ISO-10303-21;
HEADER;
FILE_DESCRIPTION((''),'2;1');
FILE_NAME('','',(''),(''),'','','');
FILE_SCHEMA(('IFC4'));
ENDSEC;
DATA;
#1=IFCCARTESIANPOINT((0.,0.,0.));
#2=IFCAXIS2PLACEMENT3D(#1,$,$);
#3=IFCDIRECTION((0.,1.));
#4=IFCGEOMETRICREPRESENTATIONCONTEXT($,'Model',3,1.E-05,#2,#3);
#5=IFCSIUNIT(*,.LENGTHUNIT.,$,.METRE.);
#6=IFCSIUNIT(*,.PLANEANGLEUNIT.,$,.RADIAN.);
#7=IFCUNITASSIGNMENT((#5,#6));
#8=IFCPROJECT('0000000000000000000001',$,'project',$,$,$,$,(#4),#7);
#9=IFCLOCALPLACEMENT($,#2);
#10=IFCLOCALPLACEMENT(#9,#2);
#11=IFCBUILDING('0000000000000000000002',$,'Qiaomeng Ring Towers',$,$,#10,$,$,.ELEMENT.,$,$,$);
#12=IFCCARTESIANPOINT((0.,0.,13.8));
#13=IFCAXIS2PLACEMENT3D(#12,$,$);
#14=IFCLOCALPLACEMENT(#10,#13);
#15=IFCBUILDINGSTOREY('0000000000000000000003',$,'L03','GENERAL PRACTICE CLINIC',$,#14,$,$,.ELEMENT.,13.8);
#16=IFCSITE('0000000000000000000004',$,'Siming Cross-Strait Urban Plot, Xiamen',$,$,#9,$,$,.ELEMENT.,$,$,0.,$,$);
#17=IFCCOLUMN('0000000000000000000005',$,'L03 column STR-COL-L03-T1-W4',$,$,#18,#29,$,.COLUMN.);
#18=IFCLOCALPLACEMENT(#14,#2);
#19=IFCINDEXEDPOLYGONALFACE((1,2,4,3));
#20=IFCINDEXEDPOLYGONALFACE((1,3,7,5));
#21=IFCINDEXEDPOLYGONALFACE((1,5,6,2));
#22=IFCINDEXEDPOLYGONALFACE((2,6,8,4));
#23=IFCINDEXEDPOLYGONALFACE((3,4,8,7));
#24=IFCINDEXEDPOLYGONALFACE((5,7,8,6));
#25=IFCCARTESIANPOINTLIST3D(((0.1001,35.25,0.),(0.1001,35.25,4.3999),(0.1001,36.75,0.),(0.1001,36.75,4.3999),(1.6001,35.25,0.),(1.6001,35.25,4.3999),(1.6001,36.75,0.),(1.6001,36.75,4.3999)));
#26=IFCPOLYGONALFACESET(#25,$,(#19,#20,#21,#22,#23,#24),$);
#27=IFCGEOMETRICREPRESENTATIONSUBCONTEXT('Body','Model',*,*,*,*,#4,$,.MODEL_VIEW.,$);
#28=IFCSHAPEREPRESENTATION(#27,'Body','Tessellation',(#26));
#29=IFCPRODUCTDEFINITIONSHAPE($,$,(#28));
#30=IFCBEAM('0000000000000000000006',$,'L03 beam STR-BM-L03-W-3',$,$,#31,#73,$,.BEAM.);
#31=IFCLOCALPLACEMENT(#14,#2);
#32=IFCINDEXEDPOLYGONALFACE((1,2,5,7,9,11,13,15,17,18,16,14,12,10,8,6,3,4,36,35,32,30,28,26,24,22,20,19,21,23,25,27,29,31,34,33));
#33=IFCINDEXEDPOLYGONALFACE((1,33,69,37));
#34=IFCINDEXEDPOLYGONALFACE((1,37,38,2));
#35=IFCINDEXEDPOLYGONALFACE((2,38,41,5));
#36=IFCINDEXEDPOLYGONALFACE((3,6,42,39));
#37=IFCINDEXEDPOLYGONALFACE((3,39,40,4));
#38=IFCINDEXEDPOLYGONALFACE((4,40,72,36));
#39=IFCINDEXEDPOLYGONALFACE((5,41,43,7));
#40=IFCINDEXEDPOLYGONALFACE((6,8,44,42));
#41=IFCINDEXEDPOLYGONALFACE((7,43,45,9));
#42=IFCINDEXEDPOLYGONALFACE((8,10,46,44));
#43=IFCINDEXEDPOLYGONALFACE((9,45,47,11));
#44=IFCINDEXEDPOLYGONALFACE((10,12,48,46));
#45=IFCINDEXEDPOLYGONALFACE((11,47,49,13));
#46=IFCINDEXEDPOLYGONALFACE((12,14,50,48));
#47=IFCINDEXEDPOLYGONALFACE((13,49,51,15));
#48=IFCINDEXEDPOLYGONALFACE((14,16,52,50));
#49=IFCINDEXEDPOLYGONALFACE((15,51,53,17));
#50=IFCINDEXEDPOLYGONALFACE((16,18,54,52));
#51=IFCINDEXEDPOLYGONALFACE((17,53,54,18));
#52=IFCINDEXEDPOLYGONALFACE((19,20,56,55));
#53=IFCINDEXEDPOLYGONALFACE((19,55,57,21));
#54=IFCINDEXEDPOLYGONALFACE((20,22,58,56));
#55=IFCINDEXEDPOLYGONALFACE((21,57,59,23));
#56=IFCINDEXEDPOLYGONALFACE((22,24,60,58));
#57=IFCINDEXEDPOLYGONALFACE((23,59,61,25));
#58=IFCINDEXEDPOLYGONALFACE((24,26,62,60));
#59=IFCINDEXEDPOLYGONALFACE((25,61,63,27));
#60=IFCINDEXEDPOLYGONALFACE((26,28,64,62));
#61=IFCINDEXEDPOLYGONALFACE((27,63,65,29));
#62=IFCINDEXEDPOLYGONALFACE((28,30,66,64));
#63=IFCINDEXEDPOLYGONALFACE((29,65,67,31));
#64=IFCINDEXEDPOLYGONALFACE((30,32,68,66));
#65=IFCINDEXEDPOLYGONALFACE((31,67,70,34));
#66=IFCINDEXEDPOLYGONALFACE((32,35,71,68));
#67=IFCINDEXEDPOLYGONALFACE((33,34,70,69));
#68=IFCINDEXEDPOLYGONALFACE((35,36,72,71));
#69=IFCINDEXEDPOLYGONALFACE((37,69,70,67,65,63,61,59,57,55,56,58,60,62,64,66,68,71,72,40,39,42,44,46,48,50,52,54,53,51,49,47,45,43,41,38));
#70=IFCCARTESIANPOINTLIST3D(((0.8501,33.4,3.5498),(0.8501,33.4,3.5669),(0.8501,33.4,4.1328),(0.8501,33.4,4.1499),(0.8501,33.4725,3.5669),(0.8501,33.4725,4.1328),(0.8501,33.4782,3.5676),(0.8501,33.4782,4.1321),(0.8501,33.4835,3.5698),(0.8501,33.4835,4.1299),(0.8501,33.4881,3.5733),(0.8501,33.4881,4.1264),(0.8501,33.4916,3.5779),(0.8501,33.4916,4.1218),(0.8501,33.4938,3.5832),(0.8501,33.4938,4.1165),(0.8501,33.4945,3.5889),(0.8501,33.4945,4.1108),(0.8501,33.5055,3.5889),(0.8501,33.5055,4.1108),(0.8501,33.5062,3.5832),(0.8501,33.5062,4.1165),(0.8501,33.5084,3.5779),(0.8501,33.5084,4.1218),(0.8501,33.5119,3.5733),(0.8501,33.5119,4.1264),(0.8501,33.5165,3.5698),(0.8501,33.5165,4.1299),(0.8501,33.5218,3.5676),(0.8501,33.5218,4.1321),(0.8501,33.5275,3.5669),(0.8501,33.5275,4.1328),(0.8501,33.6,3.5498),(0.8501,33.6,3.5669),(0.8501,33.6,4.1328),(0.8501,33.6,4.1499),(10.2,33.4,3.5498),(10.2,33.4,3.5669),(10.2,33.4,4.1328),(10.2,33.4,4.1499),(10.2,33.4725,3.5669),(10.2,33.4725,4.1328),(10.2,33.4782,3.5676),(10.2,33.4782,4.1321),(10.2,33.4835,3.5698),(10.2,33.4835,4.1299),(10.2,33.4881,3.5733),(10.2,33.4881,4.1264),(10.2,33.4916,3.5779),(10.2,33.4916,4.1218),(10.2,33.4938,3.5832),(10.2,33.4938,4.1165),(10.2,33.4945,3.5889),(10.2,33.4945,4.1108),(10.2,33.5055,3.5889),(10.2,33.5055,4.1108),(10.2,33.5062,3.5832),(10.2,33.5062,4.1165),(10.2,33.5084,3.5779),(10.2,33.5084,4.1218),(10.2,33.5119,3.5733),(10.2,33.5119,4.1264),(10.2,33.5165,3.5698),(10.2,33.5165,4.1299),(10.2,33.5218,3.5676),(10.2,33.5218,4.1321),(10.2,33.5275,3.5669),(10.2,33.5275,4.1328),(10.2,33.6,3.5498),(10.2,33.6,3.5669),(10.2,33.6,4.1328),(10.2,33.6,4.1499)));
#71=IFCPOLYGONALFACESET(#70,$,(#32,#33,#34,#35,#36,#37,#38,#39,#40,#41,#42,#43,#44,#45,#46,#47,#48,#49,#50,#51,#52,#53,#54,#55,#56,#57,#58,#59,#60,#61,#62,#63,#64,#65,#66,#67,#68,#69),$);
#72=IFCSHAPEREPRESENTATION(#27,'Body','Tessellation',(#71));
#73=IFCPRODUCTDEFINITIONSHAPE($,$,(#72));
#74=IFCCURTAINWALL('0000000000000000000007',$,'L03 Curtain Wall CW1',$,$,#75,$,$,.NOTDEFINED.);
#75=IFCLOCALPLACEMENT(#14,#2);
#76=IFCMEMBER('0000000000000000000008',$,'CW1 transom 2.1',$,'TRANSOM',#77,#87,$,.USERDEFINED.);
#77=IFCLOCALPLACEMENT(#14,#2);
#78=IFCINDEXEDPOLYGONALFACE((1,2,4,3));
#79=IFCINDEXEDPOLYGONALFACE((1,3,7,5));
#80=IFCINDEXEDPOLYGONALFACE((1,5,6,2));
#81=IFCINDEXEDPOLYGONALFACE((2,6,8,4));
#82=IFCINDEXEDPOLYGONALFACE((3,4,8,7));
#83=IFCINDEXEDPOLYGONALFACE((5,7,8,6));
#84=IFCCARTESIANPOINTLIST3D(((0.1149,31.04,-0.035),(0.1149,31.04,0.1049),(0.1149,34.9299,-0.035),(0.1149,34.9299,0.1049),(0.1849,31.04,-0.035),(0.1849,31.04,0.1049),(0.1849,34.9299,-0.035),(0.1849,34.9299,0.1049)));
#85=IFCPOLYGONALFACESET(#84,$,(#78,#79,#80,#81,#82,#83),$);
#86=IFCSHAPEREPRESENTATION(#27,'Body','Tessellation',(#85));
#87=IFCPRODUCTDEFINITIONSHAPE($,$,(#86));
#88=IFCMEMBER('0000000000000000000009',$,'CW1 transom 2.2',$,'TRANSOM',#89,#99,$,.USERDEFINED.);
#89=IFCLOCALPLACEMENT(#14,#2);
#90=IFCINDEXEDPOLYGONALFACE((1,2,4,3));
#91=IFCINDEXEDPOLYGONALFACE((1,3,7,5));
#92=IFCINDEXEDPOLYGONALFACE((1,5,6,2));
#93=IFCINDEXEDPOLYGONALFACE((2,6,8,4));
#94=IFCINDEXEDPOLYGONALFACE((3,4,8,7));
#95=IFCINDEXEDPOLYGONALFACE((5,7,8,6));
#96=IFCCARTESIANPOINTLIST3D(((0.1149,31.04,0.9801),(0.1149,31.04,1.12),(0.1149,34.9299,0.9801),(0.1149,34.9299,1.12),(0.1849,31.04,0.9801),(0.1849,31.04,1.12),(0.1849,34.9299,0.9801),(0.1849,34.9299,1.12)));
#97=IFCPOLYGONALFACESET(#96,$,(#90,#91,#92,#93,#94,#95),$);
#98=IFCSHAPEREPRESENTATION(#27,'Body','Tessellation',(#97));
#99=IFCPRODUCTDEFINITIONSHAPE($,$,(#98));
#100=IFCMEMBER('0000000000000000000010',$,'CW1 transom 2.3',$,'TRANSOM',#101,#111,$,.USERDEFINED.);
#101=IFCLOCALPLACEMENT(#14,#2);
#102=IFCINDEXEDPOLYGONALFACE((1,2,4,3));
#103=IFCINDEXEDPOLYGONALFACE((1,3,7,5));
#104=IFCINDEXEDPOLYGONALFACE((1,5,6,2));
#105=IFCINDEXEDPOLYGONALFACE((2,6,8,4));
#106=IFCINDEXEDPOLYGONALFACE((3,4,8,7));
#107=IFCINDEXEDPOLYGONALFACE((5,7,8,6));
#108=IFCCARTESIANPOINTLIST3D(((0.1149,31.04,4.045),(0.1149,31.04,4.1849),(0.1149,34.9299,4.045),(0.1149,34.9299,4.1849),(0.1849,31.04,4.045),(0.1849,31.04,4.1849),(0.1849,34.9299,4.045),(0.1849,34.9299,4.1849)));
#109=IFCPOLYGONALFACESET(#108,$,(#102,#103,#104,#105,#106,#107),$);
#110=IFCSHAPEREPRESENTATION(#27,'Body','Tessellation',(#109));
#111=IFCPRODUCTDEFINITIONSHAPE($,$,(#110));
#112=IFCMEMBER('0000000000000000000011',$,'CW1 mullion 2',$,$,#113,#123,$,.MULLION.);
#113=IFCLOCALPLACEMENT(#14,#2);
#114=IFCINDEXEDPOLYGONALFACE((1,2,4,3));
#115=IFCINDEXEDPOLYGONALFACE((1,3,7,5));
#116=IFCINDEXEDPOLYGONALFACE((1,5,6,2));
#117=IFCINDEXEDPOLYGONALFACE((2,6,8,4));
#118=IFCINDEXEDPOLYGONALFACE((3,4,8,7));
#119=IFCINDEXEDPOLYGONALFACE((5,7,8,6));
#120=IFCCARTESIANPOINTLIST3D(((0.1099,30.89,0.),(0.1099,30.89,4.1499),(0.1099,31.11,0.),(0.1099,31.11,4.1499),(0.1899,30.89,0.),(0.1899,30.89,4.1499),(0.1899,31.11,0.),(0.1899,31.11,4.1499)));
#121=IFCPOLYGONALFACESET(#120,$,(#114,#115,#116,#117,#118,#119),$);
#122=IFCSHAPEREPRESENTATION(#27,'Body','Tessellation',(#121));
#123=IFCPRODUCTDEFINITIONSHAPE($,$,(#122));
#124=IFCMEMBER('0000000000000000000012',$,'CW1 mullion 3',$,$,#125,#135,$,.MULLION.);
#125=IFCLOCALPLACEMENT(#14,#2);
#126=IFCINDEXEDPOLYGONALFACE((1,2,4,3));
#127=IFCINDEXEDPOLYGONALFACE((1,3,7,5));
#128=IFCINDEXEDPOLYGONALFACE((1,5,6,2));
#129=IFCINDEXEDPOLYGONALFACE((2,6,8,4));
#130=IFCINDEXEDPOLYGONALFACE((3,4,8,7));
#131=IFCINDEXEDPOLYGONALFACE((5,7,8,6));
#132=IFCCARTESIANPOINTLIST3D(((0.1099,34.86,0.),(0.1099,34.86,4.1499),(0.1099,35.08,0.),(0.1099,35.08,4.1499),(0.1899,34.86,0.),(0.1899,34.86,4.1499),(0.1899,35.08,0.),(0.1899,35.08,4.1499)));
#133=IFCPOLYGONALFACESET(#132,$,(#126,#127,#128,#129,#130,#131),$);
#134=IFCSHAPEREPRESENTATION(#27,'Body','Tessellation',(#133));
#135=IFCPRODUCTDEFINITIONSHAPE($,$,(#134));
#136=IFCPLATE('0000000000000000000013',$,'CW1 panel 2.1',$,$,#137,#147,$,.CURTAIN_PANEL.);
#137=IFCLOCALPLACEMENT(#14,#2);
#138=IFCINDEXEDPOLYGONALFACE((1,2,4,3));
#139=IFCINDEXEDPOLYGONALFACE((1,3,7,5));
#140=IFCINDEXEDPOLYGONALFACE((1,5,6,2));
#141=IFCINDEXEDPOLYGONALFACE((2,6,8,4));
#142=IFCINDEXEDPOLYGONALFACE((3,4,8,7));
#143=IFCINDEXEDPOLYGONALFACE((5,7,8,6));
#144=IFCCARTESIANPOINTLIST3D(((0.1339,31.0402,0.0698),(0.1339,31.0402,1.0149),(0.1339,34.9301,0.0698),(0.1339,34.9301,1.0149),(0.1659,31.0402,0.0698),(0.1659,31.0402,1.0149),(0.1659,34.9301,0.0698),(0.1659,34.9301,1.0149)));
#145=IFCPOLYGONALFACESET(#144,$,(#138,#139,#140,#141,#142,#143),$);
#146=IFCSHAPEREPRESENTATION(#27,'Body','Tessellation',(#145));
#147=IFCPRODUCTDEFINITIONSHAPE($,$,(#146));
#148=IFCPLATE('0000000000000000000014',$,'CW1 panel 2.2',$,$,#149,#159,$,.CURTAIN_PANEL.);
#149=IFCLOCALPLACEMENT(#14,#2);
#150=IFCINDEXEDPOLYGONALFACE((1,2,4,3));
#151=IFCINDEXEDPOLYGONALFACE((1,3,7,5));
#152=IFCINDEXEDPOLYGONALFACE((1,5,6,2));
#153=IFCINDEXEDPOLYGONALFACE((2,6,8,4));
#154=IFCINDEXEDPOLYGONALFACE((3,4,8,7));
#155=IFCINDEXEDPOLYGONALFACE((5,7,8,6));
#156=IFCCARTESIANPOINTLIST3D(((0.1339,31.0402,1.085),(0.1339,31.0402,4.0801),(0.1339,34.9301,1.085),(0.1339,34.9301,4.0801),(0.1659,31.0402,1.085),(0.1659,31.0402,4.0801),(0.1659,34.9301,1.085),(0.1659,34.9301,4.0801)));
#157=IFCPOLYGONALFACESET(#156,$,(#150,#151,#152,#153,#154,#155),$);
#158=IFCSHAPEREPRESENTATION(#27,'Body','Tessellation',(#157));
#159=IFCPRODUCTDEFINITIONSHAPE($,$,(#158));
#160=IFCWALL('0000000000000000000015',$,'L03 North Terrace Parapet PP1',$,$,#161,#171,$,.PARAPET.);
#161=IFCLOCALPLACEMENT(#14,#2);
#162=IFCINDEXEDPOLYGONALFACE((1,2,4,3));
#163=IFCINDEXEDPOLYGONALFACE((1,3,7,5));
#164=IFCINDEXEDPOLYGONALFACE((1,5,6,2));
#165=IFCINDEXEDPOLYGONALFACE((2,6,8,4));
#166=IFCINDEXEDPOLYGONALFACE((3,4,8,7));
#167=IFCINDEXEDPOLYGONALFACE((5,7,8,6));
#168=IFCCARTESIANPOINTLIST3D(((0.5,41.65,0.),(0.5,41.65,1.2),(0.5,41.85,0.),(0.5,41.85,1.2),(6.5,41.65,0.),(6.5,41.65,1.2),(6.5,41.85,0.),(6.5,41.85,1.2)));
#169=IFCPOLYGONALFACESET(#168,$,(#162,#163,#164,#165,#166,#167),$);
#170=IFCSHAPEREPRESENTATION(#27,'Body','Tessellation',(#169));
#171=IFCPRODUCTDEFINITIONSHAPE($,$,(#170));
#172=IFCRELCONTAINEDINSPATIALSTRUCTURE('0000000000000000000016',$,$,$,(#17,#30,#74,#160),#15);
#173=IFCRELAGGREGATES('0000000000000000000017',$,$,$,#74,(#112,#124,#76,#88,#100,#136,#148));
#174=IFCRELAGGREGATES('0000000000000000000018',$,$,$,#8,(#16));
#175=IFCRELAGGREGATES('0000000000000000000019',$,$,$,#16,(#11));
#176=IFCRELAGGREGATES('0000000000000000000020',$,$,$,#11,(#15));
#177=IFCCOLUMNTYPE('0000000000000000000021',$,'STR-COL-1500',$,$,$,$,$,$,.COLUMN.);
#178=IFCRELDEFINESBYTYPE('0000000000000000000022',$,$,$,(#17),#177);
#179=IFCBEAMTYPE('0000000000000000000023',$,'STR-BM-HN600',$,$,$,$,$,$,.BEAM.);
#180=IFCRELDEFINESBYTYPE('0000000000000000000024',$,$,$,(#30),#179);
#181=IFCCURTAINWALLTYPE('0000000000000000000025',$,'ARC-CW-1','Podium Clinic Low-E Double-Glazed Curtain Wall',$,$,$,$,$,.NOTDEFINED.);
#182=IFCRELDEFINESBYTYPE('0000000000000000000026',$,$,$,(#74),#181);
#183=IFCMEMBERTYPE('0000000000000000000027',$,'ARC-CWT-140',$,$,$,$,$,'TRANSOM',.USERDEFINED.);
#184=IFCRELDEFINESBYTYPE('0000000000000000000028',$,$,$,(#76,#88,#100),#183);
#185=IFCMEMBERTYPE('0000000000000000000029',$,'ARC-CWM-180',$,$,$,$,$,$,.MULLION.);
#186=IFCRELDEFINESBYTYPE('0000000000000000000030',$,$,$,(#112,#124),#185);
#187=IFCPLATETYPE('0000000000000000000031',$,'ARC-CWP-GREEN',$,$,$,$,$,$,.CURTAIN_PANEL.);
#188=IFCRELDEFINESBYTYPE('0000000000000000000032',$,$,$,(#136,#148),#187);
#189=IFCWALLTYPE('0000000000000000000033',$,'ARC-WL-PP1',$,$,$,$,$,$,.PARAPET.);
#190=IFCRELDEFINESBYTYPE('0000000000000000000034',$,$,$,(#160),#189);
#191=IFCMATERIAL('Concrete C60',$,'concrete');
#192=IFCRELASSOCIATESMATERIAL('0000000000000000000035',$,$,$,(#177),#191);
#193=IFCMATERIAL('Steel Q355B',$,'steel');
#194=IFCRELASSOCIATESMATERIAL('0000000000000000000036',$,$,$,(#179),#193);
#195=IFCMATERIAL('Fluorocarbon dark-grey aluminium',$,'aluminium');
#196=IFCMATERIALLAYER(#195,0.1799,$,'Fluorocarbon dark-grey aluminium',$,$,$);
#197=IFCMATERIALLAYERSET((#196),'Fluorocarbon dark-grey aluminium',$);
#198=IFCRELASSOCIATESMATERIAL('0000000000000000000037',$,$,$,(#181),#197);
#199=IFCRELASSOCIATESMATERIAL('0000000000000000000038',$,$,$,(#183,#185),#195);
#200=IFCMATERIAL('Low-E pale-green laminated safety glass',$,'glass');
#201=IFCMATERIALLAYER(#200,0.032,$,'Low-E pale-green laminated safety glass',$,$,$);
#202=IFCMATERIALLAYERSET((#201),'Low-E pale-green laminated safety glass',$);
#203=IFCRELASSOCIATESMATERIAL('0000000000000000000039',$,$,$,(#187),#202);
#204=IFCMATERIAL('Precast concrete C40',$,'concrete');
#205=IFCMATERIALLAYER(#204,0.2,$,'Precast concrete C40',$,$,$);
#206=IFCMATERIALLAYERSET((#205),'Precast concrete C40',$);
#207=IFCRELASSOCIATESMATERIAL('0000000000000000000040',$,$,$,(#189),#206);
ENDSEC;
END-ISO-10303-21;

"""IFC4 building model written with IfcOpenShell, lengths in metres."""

from ifc_helpers import new_model, si_unit, direction, frame, frame_2d, origin, origin_2d, place, context, subcontext, project, spatial, rectangle, i_section, extrude, source, transform, mapped, material, layer, layer_set, material_profile, profile_set, type_object, element, aggregate, save


model = new_model("IFC4")

# Units and contexts
model_context = context("Model", 3, precision=1e-05, world=origin(), true_north=direction((0.0, 1.0)))
body_context = subcontext(model_context, "Body", "Model", "MODEL_VIEW")
ifc_project = project(units=[si_unit("LENGTHUNIT", "METRE"), si_unit("PLANEANGLEUNIT", "RADIAN")], contexts=[model_context])

# Site, building, storey
site_placement = place(None, origin())
site = spatial("IfcSite", under=ifc_project, at=site_placement, Name="Siming Cross-Strait Urban Plot, Xiamen", CompositionType="ELEMENT", RefElevation=0.0)
building_placement = place(site_placement, origin())
building = spatial("IfcBuilding", under=site, at=building_placement, Name="Qiaomeng Ring Towers", CompositionType="ELEMENT")
storey_placement = place(building_placement, frame((0.0, 0.0, 13.8)))
storey = spatial("IfcBuildingStorey", under=building, at=storey_placement, Name="L03", Description="GENERAL PRACTICE CLINIC", CompositionType="ELEMENT", Elevation=13.8)

# Column
ifc_material_1 = material(Name="Concrete C60", Category="concrete")
ifc_material_profile_1 = material_profile(ifc_material_1, rectangle(XDim=1.5, YDim=1.5, at=origin_2d()), Name="RC COL 1500x1500")
ifc_profile_set_1 = profile_set([ifc_material_profile_1], Name="Concrete C60")
column_type = type_object("IfcColumnType", Name="STR-COL-1500", PredefinedType="COLUMN", material=ifc_profile_set_1)
shared_shape_1 = source(origin(), body_context, "Body", "SweptSolid", [
    extrude(rectangle(XDim=1.5, YDim=1.5, at=origin_2d()), origin(), (0.0, 0.0, 1.0), 4.3999),
])
column_placement = place(storey_placement, frame((0.8501, 36.0, 0.0), z_axis=(0.0, 0.0, 1.0), x_axis=(1.0, 0.0, 0.0)))
element("IfcColumn", 1, at=column_placement, inside=storey, type_object=column_type, Name="L03 column STR-COL-L03-T1-W4", PredefinedType="COLUMN", context=body_context, shape_type="MappedRepresentation", body=[
    mapped(shared_shape_1, transform((0.0, 0.0, 0.0), x_axis=(1.0, 0.0, 0.0), y_axis=(0.0, 1.0, 0.0), z_axis=(0.0, 0.0, 1.0), scale=1.0)),
])

# Beam
ifc_material_2 = material(Name="Steel Q355B", Category="steel")
ifc_material_profile_2 = material_profile(ifc_material_2, i_section(OverallWidth=0.2, OverallDepth=0.6001, WebThickness=0.011, FlangeThickness=0.0171, FilletRadius=0.022, at=origin_2d()), Name="HN 600x200x11x17")
ifc_profile_set_2 = profile_set([ifc_material_profile_2], Name="Steel Q355B")
beam_type = type_object("IfcBeamType", Name="STR-BM-HN600", PredefinedType="BEAM", material=ifc_profile_set_2)
shared_shape_2 = source(origin(), body_context, "Body", "SweptSolid", [
    extrude(i_section(OverallWidth=0.2, OverallDepth=0.6001, WebThickness=0.011, FlangeThickness=0.0171, FilletRadius=0.022, at=origin_2d()), origin(), (0.0, 0.0, 1.0), 9.3499),
])
beam_placement = place(storey_placement, frame((0.8501, 33.5, 3.8499), z_axis=(1.0, 0.0, 0.0), x_axis=(0.0, 1.0, 0.0)))
element("IfcBeam", 2, at=beam_placement, inside=storey, type_object=beam_type, Name="L03 beam STR-BM-L03-W-3", PredefinedType="BEAM", context=body_context, shape_type="MappedRepresentation", body=[
    mapped(shared_shape_2, transform((0.0, 0.0, 0.0), x_axis=(1.0, 0.0, 0.0), y_axis=(0.0, 1.0, 0.0), z_axis=(0.0, 0.0, 1.0), scale=1.0)),
])

# Curtain wall, members, plates
ifc_material_3 = material(Name="Fluorocarbon dark-grey aluminium", Category="aluminium")
ifc_layer_1 = layer(ifc_material_3, 0.1799, Name="Fluorocarbon dark-grey aluminium")
ifc_layer_set_1 = layer_set([ifc_layer_1], Name="Fluorocarbon dark-grey aluminium")
curtain_wall_type = type_object("IfcCurtainWallType", Name="ARC-CW-1", Description="Podium Clinic Low-E Double-Glazed Curtain Wall", PredefinedType="NOTDEFINED", material=ifc_layer_set_1)
curtain_wall_placement = place(storey_placement, origin())
curtain_wall = element("IfcCurtainWall", 3, at=curtain_wall_placement, inside=storey, type_object=curtain_wall_type, Name="L03 Curtain Wall CW1", PredefinedType="NOTDEFINED")
ifc_material_profile_3 = material_profile(ifc_material_3, rectangle(XDim=0.0701, YDim=0.1399, at=origin_2d()), Name="ALU TRAN 70x140")
ifc_profile_set_3 = profile_set([ifc_material_profile_3], Name="Fluorocarbon dark-grey aluminium")
member_type_1 = type_object("IfcMemberType", Name="ARC-CWT-140", ElementType="TRANSOM", PredefinedType="USERDEFINED", material=ifc_profile_set_3)
shared_shape_3 = source(origin(), body_context, "Body", "SweptSolid", [
    extrude(rectangle(XDim=0.0701, YDim=0.1399, at=origin_2d()), origin(), (0.0, 0.0, 1.0), 3.8899),
])
member_1_placement = place(storey_placement, frame((0.1499, 31.04, 0.0349), z_axis=(0.0, 1.0, 0.0), x_axis=(-1.0, 0.0, 0.0)))
member_1 = element("IfcMember", 4, at=member_1_placement, type_object=member_type_1, Name="CW1 transom 2.1", ObjectType="TRANSOM", PredefinedType="USERDEFINED", context=body_context, shape_type="MappedRepresentation", body=[
    mapped(shared_shape_3, transform((0.0, 0.0, 0.0), x_axis=(1.0, 0.0, 0.0), y_axis=(0.0, 1.0, 0.0), z_axis=(0.0, 0.0, 1.0), scale=1.0)),
])
member_2_placement = place(storey_placement, frame((0.1499, 31.04, 1.05), z_axis=(0.0, 1.0, 0.0), x_axis=(-1.0, 0.0, 0.0)))
member_2 = element("IfcMember", 5, at=member_2_placement, type_object=member_type_1, Name="CW1 transom 2.2", ObjectType="TRANSOM", PredefinedType="USERDEFINED", context=body_context, shape_type="MappedRepresentation", body=[
    mapped(shared_shape_3, transform((0.0, 0.0, 0.0), x_axis=(1.0, 0.0, 0.0), y_axis=(0.0, 1.0, 0.0), z_axis=(0.0, 0.0, 1.0), scale=1.0)),
])
member_3_placement = place(storey_placement, frame((0.1499, 31.04, 4.115), z_axis=(0.0, 1.0, 0.0), x_axis=(-1.0, 0.0, 0.0)))
member_3 = element("IfcMember", 6, at=member_3_placement, type_object=member_type_1, Name="CW1 transom 2.3", ObjectType="TRANSOM", PredefinedType="USERDEFINED", context=body_context, shape_type="MappedRepresentation", body=[
    mapped(shared_shape_3, transform((0.0, 0.0, 0.0), x_axis=(1.0, 0.0, 0.0), y_axis=(0.0, 1.0, 0.0), z_axis=(0.0, 0.0, 1.0), scale=1.0)),
])
ifc_material_profile_4 = material_profile(ifc_material_3, rectangle(XDim=0.0801, YDim=0.22, at=origin_2d()), Name="ALU MULL 80x220")
ifc_profile_set_4 = profile_set([ifc_material_profile_4], Name="Fluorocarbon dark-grey aluminium")
member_type_2 = type_object("IfcMemberType", Name="ARC-CWM-180", PredefinedType="MULLION", material=ifc_profile_set_4)
shared_shape_4 = source(origin(), body_context, "Body", "SweptSolid", [
    extrude(rectangle(XDim=0.0801, YDim=0.22, at=origin_2d()), origin(), (0.0, 0.0, 1.0), 4.1499),
])
member_4_placement = place(storey_placement, frame((0.1499, 31.0, 0.0), z_axis=(0.0, 0.0, 1.0), x_axis=(-1.0, 0.0, 0.0)))
member_4 = element("IfcMember", 7, at=member_4_placement, type_object=member_type_2, Name="CW1 mullion 2", PredefinedType="MULLION", context=body_context, shape_type="MappedRepresentation", body=[
    mapped(shared_shape_4, transform((0.0, 0.0, 0.0), x_axis=(1.0, 0.0, 0.0), y_axis=(0.0, 1.0, 0.0), z_axis=(0.0, 0.0, 1.0), scale=1.0)),
])
member_5_placement = place(storey_placement, frame((0.1499, 34.97, 0.0), z_axis=(0.0, 0.0, 1.0), x_axis=(-1.0, 0.0, 0.0)))
member_5 = element("IfcMember", 8, at=member_5_placement, type_object=member_type_2, Name="CW1 mullion 3", PredefinedType="MULLION", context=body_context, shape_type="MappedRepresentation", body=[
    mapped(shared_shape_4, transform((0.0, 0.0, 0.0), x_axis=(1.0, 0.0, 0.0), y_axis=(0.0, 1.0, 0.0), z_axis=(0.0, 0.0, 1.0), scale=1.0)),
])
ifc_material_4 = material(Name="Low-E pale-green laminated safety glass", Category="glass")
ifc_layer_2 = layer(ifc_material_4, 0.032, Name="Low-E pale-green laminated safety glass")
ifc_layer_set_2 = layer_set([ifc_layer_2], Name="Low-E pale-green laminated safety glass")
plate_type = type_object("IfcPlateType", Name="ARC-CWP-GREEN", PredefinedType="CURTAIN_PANEL", material=ifc_layer_set_2)
shared_shape_5 = source(origin(), body_context, "Body", "SweptSolid", [
    extrude(rectangle(XDim=3.8899, YDim=0.032, at=origin_2d()), origin(), (0.0, 0.0, 1.0), 0.9451),
])
plate_1_placement = place(storey_placement, frame((0.1499, 32.9851, 0.0698), z_axis=(0.0, 0.0, 1.0), x_axis=(0.0, 1.0, 0.0)))
plate_1 = element("IfcPlate", 9, at=plate_1_placement, type_object=plate_type, Name="CW1 panel 2.1", PredefinedType="CURTAIN_PANEL", context=body_context, shape_type="MappedRepresentation", body=[
    mapped(shared_shape_5, transform((0.0, 0.0, 0.0), x_axis=(1.0, 0.0, 0.0), y_axis=(0.0, 1.0, 0.0), z_axis=(0.0, 0.0, 1.0), scale=1.0)),
])
shared_shape_6 = source(origin(), body_context, "Body", "SweptSolid", [
    extrude(rectangle(XDim=3.8899, YDim=0.032, at=origin_2d()), origin(), (0.0, 0.0, 1.0), 2.9951),
])
plate_2_placement = place(storey_placement, frame((0.1499, 32.9851, 1.085), z_axis=(0.0, 0.0, 1.0), x_axis=(0.0, 1.0, 0.0)))
plate_2 = element("IfcPlate", 10, at=plate_2_placement, type_object=plate_type, Name="CW1 panel 2.2", PredefinedType="CURTAIN_PANEL", context=body_context, shape_type="MappedRepresentation", body=[
    mapped(shared_shape_6, transform((0.0, 0.0, 0.0), x_axis=(1.0, 0.0, 0.0), y_axis=(0.0, 1.0, 0.0), z_axis=(0.0, 0.0, 1.0), scale=1.0)),
])
aggregate(curtain_wall, [member_4, member_5, member_1, member_2, member_3, plate_1, plate_2])

# Wall
ifc_material_5 = material(Name="Precast concrete C40", Category="concrete")
ifc_layer_3 = layer(ifc_material_5, 0.2, Name="Precast concrete C40")
ifc_layer_set_3 = layer_set([ifc_layer_3], Name="Precast concrete C40")
wall_type_1 = type_object("IfcWallType", Name="ARC-WL-PP1", PredefinedType="PARAPET", material=ifc_layer_set_3)
wall_1_placement = place(storey_placement, frame((0.5, 41.75, 0.0), z_axis=(0.0, 0.0, 1.0), x_axis=(1.0, 0.0, 0.0)))
element("IfcWall", 11, at=wall_1_placement, inside=storey, type_object=wall_type_1, Name="L03 North Terrace Parapet PP1", PredefinedType="PARAPET", context=body_context, shape_type="SweptSolid", body=[
    extrude(rectangle(XDim=6.0, YDim=0.2, at=frame_2d((3.0, 0.0))), origin(), (0.0, 0.0, 1.0), 1.2),
])

save(model, "model.ifc")
